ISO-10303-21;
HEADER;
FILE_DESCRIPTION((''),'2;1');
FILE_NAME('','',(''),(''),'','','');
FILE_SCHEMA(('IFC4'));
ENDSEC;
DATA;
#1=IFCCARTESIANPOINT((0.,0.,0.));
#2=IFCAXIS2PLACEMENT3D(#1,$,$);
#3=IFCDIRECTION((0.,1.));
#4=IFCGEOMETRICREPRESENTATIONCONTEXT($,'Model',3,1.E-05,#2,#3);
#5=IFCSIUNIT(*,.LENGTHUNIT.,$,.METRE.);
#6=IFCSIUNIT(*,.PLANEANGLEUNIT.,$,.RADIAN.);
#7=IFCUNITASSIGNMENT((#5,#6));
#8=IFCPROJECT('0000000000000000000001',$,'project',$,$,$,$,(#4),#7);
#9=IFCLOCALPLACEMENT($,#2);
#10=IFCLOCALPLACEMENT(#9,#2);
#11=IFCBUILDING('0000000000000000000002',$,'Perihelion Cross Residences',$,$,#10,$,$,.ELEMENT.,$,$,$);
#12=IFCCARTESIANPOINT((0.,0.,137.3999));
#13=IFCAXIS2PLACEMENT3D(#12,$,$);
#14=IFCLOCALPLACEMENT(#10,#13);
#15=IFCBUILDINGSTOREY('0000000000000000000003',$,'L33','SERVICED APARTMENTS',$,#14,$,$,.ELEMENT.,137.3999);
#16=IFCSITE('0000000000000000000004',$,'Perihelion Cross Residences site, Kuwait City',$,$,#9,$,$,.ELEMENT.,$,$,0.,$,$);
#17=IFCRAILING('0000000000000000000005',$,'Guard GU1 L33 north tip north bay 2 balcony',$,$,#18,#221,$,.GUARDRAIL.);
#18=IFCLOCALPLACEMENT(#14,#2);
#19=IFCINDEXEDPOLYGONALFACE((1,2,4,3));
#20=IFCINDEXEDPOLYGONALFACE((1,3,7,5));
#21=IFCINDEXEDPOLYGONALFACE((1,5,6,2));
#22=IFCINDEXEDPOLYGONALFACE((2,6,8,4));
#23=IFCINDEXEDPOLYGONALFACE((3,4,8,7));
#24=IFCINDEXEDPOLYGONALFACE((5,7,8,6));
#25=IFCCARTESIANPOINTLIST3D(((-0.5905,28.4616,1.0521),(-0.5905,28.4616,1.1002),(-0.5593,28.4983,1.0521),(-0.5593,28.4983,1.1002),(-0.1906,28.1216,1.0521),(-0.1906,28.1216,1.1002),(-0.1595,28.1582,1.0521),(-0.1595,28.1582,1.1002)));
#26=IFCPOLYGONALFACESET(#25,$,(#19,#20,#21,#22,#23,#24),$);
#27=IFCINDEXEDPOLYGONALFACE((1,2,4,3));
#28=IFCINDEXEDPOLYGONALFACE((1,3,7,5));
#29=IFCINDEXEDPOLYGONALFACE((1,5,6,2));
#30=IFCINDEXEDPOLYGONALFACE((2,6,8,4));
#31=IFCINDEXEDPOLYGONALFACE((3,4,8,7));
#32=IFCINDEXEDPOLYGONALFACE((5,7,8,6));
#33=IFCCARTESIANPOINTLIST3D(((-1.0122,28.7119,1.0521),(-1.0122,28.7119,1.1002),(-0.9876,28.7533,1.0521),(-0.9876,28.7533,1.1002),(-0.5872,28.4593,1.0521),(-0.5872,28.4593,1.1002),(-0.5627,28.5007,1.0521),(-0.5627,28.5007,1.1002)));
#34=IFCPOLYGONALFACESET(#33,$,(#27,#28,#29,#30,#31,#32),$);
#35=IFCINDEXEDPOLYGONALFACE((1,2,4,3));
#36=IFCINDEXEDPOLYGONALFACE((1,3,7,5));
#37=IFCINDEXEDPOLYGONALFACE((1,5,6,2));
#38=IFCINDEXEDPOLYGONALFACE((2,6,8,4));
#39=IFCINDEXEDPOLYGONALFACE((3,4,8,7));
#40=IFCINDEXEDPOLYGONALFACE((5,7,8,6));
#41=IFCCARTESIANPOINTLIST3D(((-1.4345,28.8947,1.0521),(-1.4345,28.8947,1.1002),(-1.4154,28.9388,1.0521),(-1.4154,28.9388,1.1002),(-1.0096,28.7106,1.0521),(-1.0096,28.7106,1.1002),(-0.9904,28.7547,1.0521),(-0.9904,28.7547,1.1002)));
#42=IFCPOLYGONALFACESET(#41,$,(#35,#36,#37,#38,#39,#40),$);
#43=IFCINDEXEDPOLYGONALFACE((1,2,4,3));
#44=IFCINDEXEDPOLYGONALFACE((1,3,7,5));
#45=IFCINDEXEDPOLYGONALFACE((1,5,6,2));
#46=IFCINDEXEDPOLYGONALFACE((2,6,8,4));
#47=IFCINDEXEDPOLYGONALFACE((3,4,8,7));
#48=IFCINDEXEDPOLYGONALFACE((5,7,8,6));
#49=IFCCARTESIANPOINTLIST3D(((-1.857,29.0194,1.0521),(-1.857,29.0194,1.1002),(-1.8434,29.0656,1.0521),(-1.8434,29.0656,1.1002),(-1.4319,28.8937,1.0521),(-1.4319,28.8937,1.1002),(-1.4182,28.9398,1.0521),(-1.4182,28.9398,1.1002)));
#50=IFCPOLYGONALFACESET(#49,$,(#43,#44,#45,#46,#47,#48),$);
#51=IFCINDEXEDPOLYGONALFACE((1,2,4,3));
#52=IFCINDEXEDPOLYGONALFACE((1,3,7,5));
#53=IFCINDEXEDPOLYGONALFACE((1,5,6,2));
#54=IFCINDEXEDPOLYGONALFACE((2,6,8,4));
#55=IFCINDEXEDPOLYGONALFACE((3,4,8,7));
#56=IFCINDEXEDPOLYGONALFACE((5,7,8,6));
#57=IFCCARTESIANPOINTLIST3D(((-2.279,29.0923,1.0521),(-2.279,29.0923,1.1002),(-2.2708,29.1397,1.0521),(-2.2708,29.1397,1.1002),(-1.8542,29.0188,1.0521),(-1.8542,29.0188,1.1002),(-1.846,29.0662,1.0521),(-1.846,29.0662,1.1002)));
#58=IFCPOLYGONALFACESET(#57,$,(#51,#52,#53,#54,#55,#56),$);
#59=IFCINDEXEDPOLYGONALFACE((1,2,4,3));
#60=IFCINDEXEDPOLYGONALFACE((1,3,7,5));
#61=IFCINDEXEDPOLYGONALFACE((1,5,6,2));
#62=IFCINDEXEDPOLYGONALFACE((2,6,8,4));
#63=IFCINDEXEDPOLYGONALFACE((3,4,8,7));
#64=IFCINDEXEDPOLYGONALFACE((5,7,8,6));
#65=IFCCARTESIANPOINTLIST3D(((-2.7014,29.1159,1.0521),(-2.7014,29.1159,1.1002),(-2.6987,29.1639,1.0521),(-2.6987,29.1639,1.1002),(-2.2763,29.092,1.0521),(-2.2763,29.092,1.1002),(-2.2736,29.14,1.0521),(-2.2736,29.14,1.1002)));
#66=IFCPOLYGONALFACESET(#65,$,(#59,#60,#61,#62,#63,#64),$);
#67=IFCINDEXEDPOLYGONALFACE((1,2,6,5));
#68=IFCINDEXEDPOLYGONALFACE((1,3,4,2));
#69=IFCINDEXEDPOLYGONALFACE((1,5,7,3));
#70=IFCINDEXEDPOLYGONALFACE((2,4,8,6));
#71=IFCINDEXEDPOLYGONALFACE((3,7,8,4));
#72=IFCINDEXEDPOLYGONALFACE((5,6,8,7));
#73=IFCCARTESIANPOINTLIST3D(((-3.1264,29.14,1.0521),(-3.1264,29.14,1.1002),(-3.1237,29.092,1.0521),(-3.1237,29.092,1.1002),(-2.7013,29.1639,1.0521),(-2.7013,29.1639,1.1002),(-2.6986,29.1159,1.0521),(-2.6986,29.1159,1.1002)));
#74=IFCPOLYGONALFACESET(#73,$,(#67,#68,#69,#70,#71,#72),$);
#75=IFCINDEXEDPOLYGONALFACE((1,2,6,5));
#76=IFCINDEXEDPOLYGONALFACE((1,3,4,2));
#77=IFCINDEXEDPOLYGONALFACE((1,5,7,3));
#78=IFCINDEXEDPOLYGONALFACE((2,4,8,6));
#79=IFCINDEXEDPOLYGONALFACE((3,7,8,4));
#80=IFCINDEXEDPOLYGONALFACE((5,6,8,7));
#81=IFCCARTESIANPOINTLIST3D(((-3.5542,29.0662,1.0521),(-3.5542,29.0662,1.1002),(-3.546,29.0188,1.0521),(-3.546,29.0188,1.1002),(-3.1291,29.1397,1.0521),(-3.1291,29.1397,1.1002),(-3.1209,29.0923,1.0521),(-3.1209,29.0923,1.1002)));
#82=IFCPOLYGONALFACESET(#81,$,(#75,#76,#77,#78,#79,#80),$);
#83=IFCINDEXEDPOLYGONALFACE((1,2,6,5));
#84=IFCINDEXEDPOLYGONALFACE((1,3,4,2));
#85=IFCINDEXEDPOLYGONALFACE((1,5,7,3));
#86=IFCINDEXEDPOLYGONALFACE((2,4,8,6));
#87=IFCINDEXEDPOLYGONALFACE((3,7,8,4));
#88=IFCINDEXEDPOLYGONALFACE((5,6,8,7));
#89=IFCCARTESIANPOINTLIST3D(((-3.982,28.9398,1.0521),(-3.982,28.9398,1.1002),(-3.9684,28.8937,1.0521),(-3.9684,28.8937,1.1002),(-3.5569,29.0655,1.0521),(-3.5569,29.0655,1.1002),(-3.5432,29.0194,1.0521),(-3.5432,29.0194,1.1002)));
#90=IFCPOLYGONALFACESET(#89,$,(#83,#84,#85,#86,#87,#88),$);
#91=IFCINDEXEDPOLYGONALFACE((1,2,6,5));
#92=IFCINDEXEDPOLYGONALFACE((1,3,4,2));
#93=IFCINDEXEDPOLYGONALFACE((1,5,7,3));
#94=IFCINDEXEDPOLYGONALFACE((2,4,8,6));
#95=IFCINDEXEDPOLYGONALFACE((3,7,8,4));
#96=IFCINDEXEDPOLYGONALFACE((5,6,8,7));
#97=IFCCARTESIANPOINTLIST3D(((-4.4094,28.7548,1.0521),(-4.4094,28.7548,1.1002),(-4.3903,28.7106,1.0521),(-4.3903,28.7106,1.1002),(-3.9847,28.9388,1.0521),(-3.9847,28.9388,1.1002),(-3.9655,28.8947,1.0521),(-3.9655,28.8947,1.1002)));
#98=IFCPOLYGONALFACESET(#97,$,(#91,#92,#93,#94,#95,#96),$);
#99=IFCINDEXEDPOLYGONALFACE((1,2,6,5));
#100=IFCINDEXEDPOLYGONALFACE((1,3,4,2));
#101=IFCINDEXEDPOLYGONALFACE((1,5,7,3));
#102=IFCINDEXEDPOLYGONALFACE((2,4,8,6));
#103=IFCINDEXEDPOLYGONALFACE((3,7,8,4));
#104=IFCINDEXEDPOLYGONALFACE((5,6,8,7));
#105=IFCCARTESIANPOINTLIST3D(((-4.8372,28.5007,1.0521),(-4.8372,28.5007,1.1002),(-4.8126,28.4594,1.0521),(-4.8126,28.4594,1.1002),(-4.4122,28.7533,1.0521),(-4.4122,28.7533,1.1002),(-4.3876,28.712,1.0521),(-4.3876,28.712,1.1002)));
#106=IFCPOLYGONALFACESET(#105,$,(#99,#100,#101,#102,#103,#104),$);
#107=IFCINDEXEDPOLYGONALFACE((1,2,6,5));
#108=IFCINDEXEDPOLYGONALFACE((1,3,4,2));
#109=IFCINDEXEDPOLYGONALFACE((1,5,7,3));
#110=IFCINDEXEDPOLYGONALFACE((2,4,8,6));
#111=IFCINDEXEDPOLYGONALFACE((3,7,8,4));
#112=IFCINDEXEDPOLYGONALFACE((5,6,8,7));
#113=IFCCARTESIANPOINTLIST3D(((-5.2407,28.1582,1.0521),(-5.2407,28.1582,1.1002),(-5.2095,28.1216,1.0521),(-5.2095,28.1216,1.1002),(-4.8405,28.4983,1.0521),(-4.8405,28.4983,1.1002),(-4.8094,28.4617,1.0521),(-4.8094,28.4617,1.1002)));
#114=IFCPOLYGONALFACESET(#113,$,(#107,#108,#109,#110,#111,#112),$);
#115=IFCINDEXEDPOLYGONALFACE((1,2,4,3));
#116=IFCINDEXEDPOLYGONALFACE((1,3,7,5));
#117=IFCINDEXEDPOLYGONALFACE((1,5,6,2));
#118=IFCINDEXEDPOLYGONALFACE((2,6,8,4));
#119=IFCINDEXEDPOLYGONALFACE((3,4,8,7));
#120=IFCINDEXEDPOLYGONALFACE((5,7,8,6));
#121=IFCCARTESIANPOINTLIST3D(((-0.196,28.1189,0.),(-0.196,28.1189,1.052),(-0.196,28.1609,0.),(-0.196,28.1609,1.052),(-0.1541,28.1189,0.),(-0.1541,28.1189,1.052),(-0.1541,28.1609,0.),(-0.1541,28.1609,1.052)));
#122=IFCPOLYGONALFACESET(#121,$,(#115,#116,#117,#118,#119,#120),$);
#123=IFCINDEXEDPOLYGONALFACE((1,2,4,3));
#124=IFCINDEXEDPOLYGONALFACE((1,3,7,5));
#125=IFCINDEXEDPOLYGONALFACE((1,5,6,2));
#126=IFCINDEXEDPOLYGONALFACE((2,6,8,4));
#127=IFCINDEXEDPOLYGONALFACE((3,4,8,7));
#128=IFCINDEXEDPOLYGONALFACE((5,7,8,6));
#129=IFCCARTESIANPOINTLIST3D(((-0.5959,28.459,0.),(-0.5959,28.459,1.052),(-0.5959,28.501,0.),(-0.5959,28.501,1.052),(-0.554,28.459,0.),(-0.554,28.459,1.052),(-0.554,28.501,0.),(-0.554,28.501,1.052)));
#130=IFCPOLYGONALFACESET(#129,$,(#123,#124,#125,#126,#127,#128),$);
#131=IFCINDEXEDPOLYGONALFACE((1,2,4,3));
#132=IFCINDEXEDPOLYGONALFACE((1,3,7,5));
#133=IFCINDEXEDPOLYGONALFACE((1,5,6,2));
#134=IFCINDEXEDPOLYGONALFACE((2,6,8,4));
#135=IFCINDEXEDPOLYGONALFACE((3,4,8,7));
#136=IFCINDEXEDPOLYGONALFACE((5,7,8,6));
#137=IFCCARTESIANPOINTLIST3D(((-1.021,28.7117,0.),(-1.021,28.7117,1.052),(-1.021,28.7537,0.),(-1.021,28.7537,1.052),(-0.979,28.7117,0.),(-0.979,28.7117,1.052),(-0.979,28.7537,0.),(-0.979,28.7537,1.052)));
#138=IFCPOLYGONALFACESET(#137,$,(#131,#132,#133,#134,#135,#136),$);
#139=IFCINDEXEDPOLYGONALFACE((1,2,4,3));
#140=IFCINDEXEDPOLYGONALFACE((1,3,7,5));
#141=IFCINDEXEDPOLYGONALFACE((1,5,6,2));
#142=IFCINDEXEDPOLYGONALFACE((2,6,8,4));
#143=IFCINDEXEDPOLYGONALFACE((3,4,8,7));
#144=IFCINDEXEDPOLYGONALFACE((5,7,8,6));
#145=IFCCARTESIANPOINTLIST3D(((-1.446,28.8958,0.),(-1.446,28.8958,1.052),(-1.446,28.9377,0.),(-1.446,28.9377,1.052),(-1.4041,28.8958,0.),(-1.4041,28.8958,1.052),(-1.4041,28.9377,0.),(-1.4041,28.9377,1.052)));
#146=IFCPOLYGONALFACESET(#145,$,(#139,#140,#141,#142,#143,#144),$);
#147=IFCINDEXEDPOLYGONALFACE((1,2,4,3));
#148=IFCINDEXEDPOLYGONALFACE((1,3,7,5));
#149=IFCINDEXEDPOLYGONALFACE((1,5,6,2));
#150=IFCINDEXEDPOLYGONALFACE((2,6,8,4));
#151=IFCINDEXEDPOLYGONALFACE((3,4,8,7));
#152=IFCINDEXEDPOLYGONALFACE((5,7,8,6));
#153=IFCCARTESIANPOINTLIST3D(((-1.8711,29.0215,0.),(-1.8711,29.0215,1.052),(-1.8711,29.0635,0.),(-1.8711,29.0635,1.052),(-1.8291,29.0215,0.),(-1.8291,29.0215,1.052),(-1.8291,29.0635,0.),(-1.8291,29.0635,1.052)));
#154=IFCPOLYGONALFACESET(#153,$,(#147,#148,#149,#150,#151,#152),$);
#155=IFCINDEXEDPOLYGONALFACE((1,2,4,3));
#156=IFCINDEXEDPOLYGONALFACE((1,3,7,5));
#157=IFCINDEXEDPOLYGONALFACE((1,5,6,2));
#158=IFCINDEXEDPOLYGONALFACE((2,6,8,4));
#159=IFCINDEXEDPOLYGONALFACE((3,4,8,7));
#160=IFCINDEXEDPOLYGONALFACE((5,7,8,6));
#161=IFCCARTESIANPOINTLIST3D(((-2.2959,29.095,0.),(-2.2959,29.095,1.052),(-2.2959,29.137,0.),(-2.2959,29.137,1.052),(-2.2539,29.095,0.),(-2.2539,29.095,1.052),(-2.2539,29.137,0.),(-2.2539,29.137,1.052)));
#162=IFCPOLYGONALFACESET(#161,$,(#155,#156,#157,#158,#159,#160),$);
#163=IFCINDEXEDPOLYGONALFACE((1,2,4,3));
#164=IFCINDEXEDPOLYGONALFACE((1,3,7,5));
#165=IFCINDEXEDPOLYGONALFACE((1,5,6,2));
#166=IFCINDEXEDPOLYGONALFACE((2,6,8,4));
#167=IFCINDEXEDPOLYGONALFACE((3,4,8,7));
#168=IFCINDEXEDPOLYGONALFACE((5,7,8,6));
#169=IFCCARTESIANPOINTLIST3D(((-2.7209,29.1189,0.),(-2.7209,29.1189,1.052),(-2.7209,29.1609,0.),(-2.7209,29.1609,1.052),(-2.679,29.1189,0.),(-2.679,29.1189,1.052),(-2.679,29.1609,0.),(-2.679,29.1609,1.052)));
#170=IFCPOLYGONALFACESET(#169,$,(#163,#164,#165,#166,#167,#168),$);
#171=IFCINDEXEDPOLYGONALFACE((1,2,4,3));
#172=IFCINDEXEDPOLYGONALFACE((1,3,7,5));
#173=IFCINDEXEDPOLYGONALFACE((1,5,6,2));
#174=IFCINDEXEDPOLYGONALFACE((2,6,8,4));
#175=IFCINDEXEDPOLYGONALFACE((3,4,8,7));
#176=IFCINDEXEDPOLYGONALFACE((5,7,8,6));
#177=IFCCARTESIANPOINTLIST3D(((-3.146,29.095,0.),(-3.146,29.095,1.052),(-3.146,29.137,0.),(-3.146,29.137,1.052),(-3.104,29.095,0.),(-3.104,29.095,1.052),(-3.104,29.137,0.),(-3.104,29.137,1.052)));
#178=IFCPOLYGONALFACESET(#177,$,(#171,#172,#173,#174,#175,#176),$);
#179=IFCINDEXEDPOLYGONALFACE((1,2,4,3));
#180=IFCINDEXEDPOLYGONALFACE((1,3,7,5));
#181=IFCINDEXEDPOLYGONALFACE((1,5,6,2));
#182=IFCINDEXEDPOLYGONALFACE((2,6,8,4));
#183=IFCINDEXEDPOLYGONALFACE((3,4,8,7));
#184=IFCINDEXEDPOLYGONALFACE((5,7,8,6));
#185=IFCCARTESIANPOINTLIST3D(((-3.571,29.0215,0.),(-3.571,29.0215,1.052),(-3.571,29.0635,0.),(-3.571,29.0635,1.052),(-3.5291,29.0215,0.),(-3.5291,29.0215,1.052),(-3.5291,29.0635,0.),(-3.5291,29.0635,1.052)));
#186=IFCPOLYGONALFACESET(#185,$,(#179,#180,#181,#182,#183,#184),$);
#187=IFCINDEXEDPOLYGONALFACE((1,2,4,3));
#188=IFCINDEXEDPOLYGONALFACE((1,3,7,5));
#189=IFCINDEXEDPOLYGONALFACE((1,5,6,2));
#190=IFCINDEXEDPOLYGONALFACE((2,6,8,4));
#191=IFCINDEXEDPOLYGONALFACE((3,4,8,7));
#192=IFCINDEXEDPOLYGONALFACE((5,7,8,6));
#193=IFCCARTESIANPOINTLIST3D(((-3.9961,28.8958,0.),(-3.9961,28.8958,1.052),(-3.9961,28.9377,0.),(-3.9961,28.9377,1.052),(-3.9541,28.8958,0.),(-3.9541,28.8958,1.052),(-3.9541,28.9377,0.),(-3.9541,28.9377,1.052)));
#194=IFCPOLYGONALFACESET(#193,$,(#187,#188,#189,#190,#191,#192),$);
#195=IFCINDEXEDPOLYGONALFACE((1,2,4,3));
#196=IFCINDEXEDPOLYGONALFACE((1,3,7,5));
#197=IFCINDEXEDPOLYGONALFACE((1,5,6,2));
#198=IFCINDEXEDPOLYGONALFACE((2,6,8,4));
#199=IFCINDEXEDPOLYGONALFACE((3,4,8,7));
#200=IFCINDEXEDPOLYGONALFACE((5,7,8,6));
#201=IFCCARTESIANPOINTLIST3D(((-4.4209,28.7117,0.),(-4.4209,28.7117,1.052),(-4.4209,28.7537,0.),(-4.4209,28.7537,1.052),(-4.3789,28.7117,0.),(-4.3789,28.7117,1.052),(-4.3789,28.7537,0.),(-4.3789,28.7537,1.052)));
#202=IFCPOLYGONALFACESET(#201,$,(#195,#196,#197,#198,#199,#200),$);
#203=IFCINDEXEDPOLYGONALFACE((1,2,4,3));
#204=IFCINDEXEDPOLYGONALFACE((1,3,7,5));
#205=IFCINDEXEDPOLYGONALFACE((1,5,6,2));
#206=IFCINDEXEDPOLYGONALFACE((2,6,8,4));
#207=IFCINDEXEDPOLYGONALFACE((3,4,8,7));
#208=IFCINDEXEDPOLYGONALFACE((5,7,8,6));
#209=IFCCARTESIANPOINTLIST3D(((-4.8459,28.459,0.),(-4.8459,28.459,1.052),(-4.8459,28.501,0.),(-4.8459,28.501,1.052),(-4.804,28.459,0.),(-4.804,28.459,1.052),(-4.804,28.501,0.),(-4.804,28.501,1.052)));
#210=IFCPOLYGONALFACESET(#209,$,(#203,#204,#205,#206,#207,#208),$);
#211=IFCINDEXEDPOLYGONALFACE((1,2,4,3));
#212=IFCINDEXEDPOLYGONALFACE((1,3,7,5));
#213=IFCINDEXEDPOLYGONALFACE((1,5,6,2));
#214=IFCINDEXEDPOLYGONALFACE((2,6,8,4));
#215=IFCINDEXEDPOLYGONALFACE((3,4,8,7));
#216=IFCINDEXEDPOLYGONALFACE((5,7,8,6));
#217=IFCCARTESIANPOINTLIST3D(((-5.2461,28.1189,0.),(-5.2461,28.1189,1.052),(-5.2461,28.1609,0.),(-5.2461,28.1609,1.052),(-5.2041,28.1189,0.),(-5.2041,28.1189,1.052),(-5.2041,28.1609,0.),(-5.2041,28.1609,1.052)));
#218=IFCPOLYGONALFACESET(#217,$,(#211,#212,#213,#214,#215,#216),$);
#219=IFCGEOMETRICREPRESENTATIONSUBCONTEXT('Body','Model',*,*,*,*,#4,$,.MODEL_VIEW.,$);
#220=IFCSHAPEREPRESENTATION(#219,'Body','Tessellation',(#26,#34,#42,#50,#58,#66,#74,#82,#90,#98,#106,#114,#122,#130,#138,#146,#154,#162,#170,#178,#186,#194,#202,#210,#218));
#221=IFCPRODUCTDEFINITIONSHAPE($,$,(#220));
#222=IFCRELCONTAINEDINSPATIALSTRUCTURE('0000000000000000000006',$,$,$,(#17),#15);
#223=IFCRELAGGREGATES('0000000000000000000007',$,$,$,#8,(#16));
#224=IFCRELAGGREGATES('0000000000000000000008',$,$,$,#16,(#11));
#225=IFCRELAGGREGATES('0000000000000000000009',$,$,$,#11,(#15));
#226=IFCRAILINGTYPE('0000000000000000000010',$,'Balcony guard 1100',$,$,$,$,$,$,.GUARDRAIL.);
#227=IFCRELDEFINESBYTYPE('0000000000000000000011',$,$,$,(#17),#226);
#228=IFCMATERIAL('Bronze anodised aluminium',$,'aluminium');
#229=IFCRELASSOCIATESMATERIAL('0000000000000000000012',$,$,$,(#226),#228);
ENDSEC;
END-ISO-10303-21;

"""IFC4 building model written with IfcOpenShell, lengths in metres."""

from ifc_helpers import new_model, si_unit, direction, frame, origin, origin_2d, place, context, subcontext, project, spatial, rectangle, extrude, material, type_object, element, save


model = new_model("IFC4")

# Units and contexts
model_context = context("Model", 3, precision=1e-05, world=origin(), true_north=direction((0.0, 1.0)))
body_context = subcontext(model_context, "Body", "Model", "MODEL_VIEW")
ifc_project = project(units=[si_unit("LENGTHUNIT", "METRE"), si_unit("PLANEANGLEUNIT", "RADIAN")], contexts=[model_context])

# Site, building, storey
site_placement = place(None, origin())
site = spatial("IfcSite", under=ifc_project, at=site_placement, Name="Perihelion Cross Residences site, Kuwait City", CompositionType="ELEMENT", RefElevation=0.0)
building_placement = place(site_placement, origin())
building = spatial("IfcBuilding", under=site, at=building_placement, Name="Perihelion Cross Residences", CompositionType="ELEMENT")
storey_placement = place(building_placement, frame((0.0, 0.0, 137.3999)))
storey = spatial("IfcBuildingStorey", under=building, at=storey_placement, Name="L33", Description="SERVICED APARTMENTS", CompositionType="ELEMENT", Elevation=137.3999)

# Railing
ifc_material_1 = material(Name="Bronze anodised aluminium", Category="aluminium")
railing_type = type_object("IfcRailingType", Name="Balcony guard 1100", PredefinedType="GUARDRAIL", material=ifc_material_1)
railing_placement = place(storey_placement, frame((-0.175, 28.1399, 0.0)))
element("IfcRailing", 1, at=railing_placement, inside=storey, type_object=railing_type, Name="Guard GU1 L33 north tip north bay 2 balcony", PredefinedType="GUARDRAIL", context=body_context, shape_type="SweptSolid", body=[
    extrude(rectangle(XDim=0.0481, YDim=0.0481, at=origin_2d()), frame((0.0, 0.0, 1.0762), z_axis=(-0.761779, 0.647837, 0.0), x_axis=(-0.647837, -0.761779, 0.0)), (0.0, 0.0, 1.0), 0.5249),
    extrude(rectangle(XDim=0.0481, YDim=0.0481, at=origin_2d()), frame((-0.3999, 0.3401, 1.0762), z_axis=(-0.859577, 0.511006, 0.0), x_axis=(-0.511006, -0.859577, 0.0)), (0.0, 0.0, 1.0), 0.4944),
    extrude(rectangle(XDim=0.0481, YDim=0.0481, at=origin_2d()), frame((-0.825, 0.5928, 1.0762), z_axis=(-0.917639, 0.397415, 0.0), x_axis=(-0.397415, -0.917639, 0.0)), (0.0, 0.0, 1.0), 0.4631),
    extrude(rectangle(XDim=0.0481, YDim=0.0481, at=origin_2d()), frame((-1.25, 0.7769, 1.0762), z_axis=(-0.958926, 0.283657, 0.0), x_axis=(-0.283657, -0.958926, 0.0)), (0.0, 0.0, 1.0), 0.4434),
    extrude(rectangle(XDim=0.0481, YDim=0.0481, at=origin_2d()), frame((-1.675, 0.9026, 1.0762), z_axis=(-0.985365, 0.170457, 0.0), x_axis=(-0.170457, -0.985365, 0.0)), (0.0, 0.0, 1.0), 0.4312),
    extrude(rectangle(XDim=0.0481, YDim=0.0481, at=origin_2d()), frame((-2.0999, 0.9761, 1.0762), z_axis=(-0.99842, 0.056201, 0.0), x_axis=(-0.056201, -0.99842, 0.0)), (0.0, 0.0, 1.0), 0.4258),
    extrude(rectangle(XDim=0.0481, YDim=0.0481, at=origin_2d()), frame((-2.5249, 1.0, 1.0762), z_axis=(-0.99842, -0.056201, 0.0), x_axis=(0.056201, -0.99842, 0.0)), (0.0, 0.0, 1.0), 0.4258),
    extrude(rectangle(XDim=0.0481, YDim=0.0481, at=origin_2d()), frame((-2.95, 0.9761, 1.0762), z_axis=(-0.985382, -0.170362, 0.0), x_axis=(0.170362, -0.985382, 0.0)), (0.0, 0.0, 1.0), 0.4314),
    extrude(rectangle(XDim=0.0481, YDim=0.0481, at=origin_2d()), frame((-3.375, 0.9026, 1.0762), z_axis=(-0.958926, -0.283657, 0.0), x_axis=(0.283657, -0.958926, 0.0)), (0.0, 0.0, 1.0), 0.4434),
    extrude(rectangle(XDim=0.0481, YDim=0.0481, at=origin_2d()), frame((-3.8, 0.7769, 1.0762), z_axis=(-0.917556, -0.397607, 0.0), x_axis=(0.397607, -0.917556, 0.0)), (0.0, 0.0, 1.0), 0.4629),
    extrude(rectangle(XDim=0.0481, YDim=0.0481, at=origin_2d()), frame((-4.2249, 0.5928, 1.0762), z_axis=(-0.859577, -0.511006, 0.0), x_axis=(0.511006, -0.859577, 0.0)), (0.0, 0.0, 1.0), 0.4944),
    extrude(rectangle(XDim=0.0481, YDim=0.0481, at=origin_2d()), frame((-4.6499, 0.3401, 1.0762), z_axis=(-0.761974, -0.647608, 0.0), x_axis=(0.647608, -0.761974, 0.0)), (0.0, 0.0, 1.0), 0.5251),
    extrude(rectangle(XDim=0.042, YDim=0.042, at=origin_2d()), origin(), (0.0, 0.0, 1.0), 1.052),
    extrude(rectangle(XDim=0.042, YDim=0.042, at=origin_2d()), frame((-0.3999, 0.3401, 0.0)), (0.0, 0.0, 1.0), 1.052),
    extrude(rectangle(XDim=0.042, YDim=0.042, at=origin_2d()), frame((-0.825, 0.5928, 0.0)), (0.0, 0.0, 1.0), 1.052),
    extrude(rectangle(XDim=0.042, YDim=0.042, at=origin_2d()), frame((-1.25, 0.7769, 0.0)), (0.0, 0.0, 1.0), 1.052),
    extrude(rectangle(XDim=0.042, YDim=0.042, at=origin_2d()), frame((-1.675, 0.9026, 0.0)), (0.0, 0.0, 1.0), 1.052),
    extrude(rectangle(XDim=0.042, YDim=0.042, at=origin_2d()), frame((-2.0999, 0.9761, 0.0)), (0.0, 0.0, 1.0), 1.052),
    extrude(rectangle(XDim=0.042, YDim=0.042, at=origin_2d()), frame((-2.5249, 1.0, 0.0)), (0.0, 0.0, 1.0), 1.052),
    extrude(rectangle(XDim=0.042, YDim=0.042, at=origin_2d()), frame((-2.95, 0.9761, 0.0)), (0.0, 0.0, 1.0), 1.052),
    extrude(rectangle(XDim=0.042, YDim=0.042, at=origin_2d()), frame((-3.375, 0.9026, 0.0)), (0.0, 0.0, 1.0), 1.052),
    extrude(rectangle(XDim=0.042, YDim=0.042, at=origin_2d()), frame((-3.8, 0.7769, 0.0)), (0.0, 0.0, 1.0), 1.052),
    extrude(rectangle(XDim=0.042, YDim=0.042, at=origin_2d()), frame((-4.2249, 0.5928, 0.0)), (0.0, 0.0, 1.0), 1.052),
    extrude(rectangle(XDim=0.042, YDim=0.042, at=origin_2d()), frame((-4.6499, 0.3401, 0.0)), (0.0, 0.0, 1.0), 1.052),
    extrude(rectangle(XDim=0.042, YDim=0.042, at=origin_2d()), frame((-5.05, 0.0, 0.0)), (0.0, 0.0, 1.0), 1.052),
])

save(model, "model.ifc")
